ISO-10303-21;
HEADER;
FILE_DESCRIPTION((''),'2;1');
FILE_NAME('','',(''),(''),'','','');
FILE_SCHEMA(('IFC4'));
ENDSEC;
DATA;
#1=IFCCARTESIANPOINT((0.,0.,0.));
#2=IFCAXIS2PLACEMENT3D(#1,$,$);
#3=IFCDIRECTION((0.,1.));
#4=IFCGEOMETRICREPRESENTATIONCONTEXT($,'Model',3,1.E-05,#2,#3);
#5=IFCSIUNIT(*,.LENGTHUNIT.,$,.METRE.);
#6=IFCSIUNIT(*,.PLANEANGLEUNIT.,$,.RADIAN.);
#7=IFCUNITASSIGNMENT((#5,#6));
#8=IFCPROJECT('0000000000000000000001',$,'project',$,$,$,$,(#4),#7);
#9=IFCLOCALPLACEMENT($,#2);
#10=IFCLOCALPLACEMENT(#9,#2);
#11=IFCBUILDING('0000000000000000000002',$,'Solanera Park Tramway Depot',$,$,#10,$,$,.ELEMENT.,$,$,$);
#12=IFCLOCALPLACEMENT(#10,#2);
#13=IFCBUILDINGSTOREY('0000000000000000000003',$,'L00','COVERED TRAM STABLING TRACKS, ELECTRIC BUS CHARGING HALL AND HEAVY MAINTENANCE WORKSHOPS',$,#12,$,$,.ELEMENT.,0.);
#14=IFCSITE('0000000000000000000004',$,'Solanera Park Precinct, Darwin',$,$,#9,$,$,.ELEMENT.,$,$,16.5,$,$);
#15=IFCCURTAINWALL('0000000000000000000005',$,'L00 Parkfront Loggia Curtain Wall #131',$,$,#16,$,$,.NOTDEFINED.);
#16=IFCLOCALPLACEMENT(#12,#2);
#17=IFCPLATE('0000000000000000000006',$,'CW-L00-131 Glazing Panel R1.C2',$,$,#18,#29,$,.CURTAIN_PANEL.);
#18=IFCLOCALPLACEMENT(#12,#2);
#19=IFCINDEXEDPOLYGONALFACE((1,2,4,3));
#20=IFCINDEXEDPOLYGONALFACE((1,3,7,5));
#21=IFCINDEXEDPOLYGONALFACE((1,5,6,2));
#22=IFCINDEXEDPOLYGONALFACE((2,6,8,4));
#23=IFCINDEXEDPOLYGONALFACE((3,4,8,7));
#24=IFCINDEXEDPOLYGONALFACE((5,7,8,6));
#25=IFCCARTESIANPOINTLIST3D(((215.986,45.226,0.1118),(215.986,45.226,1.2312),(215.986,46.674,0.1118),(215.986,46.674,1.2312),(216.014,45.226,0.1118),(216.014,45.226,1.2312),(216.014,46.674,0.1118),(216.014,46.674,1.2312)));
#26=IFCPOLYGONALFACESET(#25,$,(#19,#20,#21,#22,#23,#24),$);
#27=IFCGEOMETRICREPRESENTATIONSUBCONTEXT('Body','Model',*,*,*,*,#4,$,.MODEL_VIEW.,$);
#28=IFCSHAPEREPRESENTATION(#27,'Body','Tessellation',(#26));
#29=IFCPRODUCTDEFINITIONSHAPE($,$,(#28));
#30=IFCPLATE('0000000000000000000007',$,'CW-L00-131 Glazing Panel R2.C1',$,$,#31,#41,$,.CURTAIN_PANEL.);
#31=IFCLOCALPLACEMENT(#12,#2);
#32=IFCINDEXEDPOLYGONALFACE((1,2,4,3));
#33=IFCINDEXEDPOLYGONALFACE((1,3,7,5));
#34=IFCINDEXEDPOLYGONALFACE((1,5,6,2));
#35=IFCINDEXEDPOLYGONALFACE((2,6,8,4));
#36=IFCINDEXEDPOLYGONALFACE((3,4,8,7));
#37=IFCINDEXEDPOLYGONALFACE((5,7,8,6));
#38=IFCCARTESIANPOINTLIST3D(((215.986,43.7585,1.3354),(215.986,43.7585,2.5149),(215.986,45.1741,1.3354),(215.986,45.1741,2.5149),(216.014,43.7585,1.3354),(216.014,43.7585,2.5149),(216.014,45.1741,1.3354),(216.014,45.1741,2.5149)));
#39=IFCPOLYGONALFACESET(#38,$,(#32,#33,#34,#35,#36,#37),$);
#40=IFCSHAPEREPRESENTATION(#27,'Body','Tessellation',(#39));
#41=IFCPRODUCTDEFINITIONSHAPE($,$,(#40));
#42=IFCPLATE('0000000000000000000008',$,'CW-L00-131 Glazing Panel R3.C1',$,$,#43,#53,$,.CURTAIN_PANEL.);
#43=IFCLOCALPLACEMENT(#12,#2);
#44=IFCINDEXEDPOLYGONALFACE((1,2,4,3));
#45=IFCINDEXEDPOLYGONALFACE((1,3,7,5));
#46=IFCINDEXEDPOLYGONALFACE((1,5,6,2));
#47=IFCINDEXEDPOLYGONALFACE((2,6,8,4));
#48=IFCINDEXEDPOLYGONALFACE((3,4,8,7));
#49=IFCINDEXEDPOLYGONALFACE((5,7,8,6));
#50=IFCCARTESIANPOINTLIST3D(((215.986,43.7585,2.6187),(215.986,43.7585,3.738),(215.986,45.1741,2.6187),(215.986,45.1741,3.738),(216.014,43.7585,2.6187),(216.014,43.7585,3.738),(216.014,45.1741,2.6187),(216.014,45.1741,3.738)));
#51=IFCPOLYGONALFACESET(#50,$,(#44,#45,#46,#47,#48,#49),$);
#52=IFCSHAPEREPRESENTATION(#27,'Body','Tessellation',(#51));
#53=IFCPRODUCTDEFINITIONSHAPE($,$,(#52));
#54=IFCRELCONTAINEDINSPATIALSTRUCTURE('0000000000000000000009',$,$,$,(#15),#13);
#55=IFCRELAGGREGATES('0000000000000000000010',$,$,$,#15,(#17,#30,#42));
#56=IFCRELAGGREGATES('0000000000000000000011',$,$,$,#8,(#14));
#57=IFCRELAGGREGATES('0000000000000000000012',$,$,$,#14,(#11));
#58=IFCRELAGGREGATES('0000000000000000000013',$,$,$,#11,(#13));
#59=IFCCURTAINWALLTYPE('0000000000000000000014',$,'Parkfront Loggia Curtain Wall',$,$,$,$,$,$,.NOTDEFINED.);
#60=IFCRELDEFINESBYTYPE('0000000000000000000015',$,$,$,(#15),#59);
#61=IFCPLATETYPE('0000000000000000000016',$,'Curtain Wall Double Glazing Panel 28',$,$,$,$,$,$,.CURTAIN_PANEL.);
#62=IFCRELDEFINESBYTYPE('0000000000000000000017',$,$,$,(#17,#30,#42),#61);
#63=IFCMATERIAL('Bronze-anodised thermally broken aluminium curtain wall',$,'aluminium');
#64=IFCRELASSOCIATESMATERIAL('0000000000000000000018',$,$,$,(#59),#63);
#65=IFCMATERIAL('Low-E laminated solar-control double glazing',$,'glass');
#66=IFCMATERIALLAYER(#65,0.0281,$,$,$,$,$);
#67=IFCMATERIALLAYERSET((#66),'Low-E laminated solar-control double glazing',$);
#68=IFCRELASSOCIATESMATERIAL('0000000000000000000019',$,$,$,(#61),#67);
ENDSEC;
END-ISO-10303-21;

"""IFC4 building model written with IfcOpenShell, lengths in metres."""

from ifc_helpers import new_model, si_unit, direction, frame, origin, origin_2d, place, context, subcontext, project, spatial, rectangle, extrude, material, layer, layer_set, type_object, element, aggregate, save


model = new_model("IFC4")

# Units and contexts
model_context = context("Model", 3, precision=1e-05, world=origin(), true_north=direction((0.0, 1.0)))
body_context = subcontext(model_context, "Body", "Model", "MODEL_VIEW")
ifc_project = project(units=[si_unit("LENGTHUNIT", "METRE"), si_unit("PLANEANGLEUNIT", "RADIAN")], contexts=[model_context])

# Site, building, storey
site_placement = place(None, origin())
site = spatial("IfcSite", under=ifc_project, at=site_placement, Name="Solanera Park Precinct, Darwin", CompositionType="ELEMENT", RefElevation=16.5)
building_placement = place(site_placement, origin())
building = spatial("IfcBuilding", under=site, at=building_placement, Name="Solanera Park Tramway Depot", CompositionType="ELEMENT")
storey_placement = place(building_placement, origin())
storey = spatial("IfcBuildingStorey", under=building, at=storey_placement, Name="L00", Description="COVERED TRAM STABLING TRACKS, ELECTRIC BUS CHARGING HALL AND HEAVY MAINTENANCE WORKSHOPS", CompositionType="ELEMENT", Elevation=0.0)

# Curtain wall
ifc_material_1 = material(Name="Bronze-anodised thermally broken aluminium curtain wall", Category="aluminium")
curtain_wall_type = type_object("IfcCurtainWallType", Name="Parkfront Loggia Curtain Wall", PredefinedType="NOTDEFINED", material=ifc_material_1)
curtain_wall_1_placement = place(storey_placement, origin())
curtain_wall_1 = element("IfcCurtainWall", 1, at=curtain_wall_1_placement, inside=storey, type_object=curtain_wall_type, Name="L00 Parkfront Loggia Curtain Wall #131", PredefinedType="NOTDEFINED")

# Plates
ifc_material_2 = material(Name="Low-E laminated solar-control double glazing", Category="glass")
ifc_layer = layer(ifc_material_2, 0.0281)
ifc_layer_set = layer_set([ifc_layer], Name="Low-E laminated solar-control double glazing")
plate_type = type_object("IfcPlateType", Name="Curtain Wall Double Glazing Panel 28", PredefinedType="CURTAIN_PANEL", material=ifc_layer_set)
plate_1_placement = place(storey_placement, frame((216.0, 45.95, 0.1118), z_axis=(0.0, 0.0, 1.0), x_axis=(0.0, 1.0, 0.0)))
plate_1 = element("IfcPlate", 2, at=plate_1_placement, type_object=plate_type, Name="CW-L00-131 Glazing Panel R1.C2", PredefinedType="CURTAIN_PANEL", context=body_context, shape_type="SweptSolid", body=[
    extrude(rectangle(XDim=1.448, YDim=0.0281, at=origin_2d()), origin(), (0.0, 0.0, 1.0), 1.1194),
])
plate_2_placement = place(storey_placement, frame((216.0, 44.4663, 1.3354), z_axis=(0.0, 0.0, 1.0), x_axis=(0.0, 1.0, 0.0)))
plate_2 = element("IfcPlate", 3, at=plate_2_placement, type_object=plate_type, Name="CW-L00-131 Glazing Panel R2.C1", PredefinedType="CURTAIN_PANEL", context=body_context, shape_type="SweptSolid", body=[
    extrude(rectangle(XDim=1.4155, YDim=0.0281, at=origin_2d()), origin(), (0.0, 0.0, 1.0), 1.1794),
])
plate_3_placement = place(storey_placement, frame((216.0, 44.4663, 2.6187), z_axis=(0.0, 0.0, 1.0), x_axis=(0.0, 1.0, 0.0)))
plate_3 = element("IfcPlate", 4, at=plate_3_placement, type_object=plate_type, Name="CW-L00-131 Glazing Panel R3.C1", PredefinedType="CURTAIN_PANEL", context=body_context, shape_type="SweptSolid", body=[
    extrude(rectangle(XDim=1.4155, YDim=0.0281, at=origin_2d()), origin(), (0.0, 0.0, 1.0), 1.1194),
])
aggregate(curtain_wall_1, [plate_1, plate_2, plate_3])

save(model, "model.ifc")
